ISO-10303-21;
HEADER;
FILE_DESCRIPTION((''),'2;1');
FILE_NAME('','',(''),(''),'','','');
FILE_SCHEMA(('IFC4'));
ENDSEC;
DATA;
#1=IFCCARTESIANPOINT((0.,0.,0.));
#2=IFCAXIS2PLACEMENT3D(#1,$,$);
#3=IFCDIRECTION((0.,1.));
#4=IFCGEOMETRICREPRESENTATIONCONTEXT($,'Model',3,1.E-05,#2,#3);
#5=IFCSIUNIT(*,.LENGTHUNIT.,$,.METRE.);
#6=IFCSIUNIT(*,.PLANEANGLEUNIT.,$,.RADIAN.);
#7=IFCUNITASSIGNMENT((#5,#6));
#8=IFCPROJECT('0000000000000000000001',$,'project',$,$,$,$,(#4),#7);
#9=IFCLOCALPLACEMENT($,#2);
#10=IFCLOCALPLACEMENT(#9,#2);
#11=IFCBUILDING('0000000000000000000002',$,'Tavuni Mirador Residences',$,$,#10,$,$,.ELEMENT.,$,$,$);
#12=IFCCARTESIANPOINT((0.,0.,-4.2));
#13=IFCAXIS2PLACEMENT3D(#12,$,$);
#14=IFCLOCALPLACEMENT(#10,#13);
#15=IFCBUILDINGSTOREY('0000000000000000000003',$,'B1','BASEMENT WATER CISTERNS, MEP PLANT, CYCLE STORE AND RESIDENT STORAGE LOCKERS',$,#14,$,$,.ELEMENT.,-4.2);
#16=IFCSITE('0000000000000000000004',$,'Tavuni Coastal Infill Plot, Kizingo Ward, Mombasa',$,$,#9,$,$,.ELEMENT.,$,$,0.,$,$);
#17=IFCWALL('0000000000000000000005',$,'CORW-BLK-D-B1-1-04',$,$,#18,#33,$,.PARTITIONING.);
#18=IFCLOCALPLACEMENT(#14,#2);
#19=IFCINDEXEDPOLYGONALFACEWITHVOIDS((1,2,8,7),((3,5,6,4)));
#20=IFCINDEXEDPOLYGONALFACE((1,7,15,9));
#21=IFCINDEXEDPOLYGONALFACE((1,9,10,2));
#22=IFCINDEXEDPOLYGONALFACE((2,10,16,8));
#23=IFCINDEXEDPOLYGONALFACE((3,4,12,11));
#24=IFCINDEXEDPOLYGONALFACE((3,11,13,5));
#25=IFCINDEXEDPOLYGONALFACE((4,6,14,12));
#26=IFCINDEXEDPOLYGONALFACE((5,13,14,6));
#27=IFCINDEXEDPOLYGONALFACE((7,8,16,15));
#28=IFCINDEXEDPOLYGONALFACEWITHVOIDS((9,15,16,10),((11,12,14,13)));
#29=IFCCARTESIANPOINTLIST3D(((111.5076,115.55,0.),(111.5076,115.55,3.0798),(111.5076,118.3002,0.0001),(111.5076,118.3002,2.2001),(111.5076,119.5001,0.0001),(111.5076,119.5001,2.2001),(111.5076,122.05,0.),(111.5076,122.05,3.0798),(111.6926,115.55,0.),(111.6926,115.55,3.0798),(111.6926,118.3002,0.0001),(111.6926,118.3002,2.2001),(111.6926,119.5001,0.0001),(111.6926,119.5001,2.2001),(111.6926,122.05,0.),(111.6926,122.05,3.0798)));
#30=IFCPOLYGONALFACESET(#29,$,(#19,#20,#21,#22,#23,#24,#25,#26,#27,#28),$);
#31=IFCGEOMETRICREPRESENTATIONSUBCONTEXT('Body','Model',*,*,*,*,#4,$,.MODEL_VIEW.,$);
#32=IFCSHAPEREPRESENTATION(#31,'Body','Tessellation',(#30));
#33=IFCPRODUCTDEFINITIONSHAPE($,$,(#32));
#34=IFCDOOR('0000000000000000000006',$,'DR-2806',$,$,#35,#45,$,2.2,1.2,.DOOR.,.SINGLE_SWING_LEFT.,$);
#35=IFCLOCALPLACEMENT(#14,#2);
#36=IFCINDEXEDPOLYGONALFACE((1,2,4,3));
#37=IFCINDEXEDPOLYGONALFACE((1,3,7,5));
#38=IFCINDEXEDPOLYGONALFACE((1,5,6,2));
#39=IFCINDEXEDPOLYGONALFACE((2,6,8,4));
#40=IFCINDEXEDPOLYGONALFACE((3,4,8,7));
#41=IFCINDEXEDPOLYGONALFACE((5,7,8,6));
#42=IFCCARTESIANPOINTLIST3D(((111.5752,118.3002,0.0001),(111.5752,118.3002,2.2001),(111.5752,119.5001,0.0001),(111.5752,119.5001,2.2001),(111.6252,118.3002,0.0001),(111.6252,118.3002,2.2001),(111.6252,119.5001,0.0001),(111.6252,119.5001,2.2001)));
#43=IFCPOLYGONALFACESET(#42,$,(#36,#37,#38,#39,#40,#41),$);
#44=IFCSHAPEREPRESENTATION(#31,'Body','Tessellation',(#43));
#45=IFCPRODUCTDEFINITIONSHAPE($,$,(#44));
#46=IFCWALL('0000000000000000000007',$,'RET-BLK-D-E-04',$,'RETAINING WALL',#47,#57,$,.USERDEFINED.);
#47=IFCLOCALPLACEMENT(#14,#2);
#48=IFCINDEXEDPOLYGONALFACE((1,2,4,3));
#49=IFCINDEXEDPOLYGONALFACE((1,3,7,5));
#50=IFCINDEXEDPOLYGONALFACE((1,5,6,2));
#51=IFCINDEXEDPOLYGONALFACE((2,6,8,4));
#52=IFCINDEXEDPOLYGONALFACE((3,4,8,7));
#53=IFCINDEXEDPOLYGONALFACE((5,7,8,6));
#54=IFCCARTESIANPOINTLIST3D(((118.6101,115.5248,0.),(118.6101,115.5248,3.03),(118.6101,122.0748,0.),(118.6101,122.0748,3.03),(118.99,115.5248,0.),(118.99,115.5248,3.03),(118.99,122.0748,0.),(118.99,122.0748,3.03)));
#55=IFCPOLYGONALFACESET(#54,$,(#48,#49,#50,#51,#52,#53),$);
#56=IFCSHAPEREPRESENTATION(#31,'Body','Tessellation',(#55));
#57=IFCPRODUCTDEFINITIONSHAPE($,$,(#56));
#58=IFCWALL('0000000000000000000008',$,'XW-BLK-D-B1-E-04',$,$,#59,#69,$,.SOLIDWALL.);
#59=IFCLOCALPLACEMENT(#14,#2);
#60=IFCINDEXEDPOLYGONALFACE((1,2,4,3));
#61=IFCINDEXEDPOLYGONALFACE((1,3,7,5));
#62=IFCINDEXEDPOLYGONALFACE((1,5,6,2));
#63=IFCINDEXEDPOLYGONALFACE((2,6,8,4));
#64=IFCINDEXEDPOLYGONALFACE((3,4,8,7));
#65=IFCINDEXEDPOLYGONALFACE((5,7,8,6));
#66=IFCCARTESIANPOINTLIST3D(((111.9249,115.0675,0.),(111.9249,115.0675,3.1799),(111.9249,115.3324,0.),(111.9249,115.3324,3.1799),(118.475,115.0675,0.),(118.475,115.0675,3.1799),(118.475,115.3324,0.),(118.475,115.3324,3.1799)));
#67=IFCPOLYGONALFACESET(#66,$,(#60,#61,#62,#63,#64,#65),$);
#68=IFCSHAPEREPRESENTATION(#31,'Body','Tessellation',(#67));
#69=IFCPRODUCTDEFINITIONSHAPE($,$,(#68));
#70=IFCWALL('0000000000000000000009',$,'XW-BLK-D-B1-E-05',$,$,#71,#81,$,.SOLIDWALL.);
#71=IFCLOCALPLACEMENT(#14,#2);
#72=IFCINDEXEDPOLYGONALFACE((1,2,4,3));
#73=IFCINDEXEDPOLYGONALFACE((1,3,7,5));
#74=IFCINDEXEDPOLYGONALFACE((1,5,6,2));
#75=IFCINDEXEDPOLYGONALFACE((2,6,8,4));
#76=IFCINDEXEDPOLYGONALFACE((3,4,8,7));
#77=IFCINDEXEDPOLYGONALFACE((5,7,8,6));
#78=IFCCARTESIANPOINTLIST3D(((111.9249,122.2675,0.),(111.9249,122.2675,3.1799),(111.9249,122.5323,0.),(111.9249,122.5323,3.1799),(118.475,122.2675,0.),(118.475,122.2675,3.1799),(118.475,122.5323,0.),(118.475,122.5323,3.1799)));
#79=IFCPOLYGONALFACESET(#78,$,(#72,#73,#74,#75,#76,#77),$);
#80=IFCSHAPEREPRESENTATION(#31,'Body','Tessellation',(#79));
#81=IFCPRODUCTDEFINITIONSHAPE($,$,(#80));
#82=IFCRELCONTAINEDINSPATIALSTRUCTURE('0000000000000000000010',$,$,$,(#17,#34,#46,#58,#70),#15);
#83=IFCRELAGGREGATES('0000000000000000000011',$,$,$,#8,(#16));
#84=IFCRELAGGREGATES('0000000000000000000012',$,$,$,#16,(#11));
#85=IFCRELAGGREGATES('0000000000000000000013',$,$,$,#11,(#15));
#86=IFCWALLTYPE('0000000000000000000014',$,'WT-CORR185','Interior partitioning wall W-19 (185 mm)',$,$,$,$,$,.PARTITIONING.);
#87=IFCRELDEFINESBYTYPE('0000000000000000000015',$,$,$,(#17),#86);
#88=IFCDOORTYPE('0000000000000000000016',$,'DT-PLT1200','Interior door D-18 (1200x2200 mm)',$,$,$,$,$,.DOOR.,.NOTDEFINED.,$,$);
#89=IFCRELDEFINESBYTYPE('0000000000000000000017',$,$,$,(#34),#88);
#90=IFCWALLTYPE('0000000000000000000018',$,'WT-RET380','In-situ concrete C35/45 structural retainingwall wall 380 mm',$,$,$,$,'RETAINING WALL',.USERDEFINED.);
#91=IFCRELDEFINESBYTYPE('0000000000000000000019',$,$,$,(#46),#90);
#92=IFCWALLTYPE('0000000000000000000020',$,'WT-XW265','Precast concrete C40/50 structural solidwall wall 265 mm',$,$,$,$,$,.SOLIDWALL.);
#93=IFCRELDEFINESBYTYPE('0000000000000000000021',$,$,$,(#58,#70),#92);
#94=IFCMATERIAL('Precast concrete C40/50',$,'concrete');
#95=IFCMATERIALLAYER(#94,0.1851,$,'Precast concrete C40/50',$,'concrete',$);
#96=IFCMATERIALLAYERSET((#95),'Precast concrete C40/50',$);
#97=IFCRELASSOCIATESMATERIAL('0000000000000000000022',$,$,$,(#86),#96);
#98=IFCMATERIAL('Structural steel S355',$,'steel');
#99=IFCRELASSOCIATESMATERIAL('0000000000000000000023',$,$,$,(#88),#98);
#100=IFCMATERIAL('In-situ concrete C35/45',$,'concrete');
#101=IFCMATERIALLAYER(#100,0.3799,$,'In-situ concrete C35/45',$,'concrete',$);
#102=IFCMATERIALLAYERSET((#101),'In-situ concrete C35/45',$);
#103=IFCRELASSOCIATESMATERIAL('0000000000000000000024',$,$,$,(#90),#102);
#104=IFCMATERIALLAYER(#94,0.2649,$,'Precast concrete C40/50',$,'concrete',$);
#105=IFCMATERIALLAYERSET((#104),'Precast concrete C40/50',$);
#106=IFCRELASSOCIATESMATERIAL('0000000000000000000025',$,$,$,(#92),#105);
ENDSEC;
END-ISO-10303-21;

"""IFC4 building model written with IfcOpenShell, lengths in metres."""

from ifc_helpers import new_model, si_unit, direction, frame, frame_2d, origin, place, context, subcontext, project, spatial, rectangle, extrude, material, layer, layer_set, type_object, element, fill, save


model = new_model("IFC4")

# Units and contexts
model_context = context("Model", 3, precision=1e-05, world=origin(), true_north=direction((0.0, 1.0)))
body_context = subcontext(model_context, "Body", "Model", "MODEL_VIEW")
ifc_project = project(units=[si_unit("LENGTHUNIT", "METRE"), si_unit("PLANEANGLEUNIT", "RADIAN")], contexts=[model_context])

# Site, building, storey
site_placement = place(None, origin())
site = spatial("IfcSite", under=ifc_project, at=site_placement, Name="Tavuni Coastal Infill Plot, Kizingo Ward, Mombasa", CompositionType="ELEMENT", RefElevation=0.0)
building_placement = place(site_placement, origin())
building = spatial("IfcBuilding", under=site, at=building_placement, Name="Tavuni Mirador Residences", CompositionType="ELEMENT")
storey_placement = place(building_placement, frame((0.0, 0.0, -4.2)))
storey = spatial("IfcBuildingStorey", under=building, at=storey_placement, Name="B1", Description="BASEMENT WATER CISTERNS, MEP PLANT, CYCLE STORE AND RESIDENT STORAGE LOCKERS", CompositionType="ELEMENT", Elevation=-4.2)

# Shared definitions
ifc_material_1 = material(Name="In-situ concrete C35/45", Category="concrete")

# Shared definitions
ifc_material_2 = material(Name="Precast concrete C40/50", Category="concrete")

# Wall, opening, door
ifc_layer_1 = layer(ifc_material_2, 0.1851, Name="Precast concrete C40/50", Category="concrete")
ifc_layer_set_1 = layer_set([ifc_layer_1], Name="Precast concrete C40/50")
wall_type_1 = type_object("IfcWallType", Name="WT-CORR185", Description="Interior partitioning wall W-19 (185 mm)", PredefinedType="PARTITIONING", material=ifc_layer_set_1)
wall_1_placement = place(storey_placement, frame((111.6001, 115.55, 0.0), z_axis=(0.0, 0.0, 1.0), x_axis=(0.0, 1.0, 0.0)))
wall_1 = element("IfcWall", 1, at=wall_1_placement, inside=storey, type_object=wall_type_1, Name="CORW-BLK-D-B1-1-04", PredefinedType="PARTITIONING", context=body_context, shape_type="SweptSolid", body=[
    extrude(rectangle(XDim=6.5, YDim=0.1851, at=frame_2d((3.25, 0.0))), origin(), (0.0, 0.0, 1.0), 3.0798),
])
opening_placement = place(wall_1_placement, frame((2.75, 0.0, 0.0)))
opening = element("IfcOpeningElement", 2, at=opening_placement, cuts=wall_1, PredefinedType="OPENING", context=body_context, shape_type="SweptSolid", body=[
    extrude(rectangle(XDim=1.2, YDim=2.2, at=frame_2d((0.6001, 1.1001))), frame((0.0, 0.1025, 0.0), z_axis=(0.0, -1.0, 0.0), x_axis=(1.0, 0.0, 0.0)), (0.0, 0.0, 1.0), 0.2051),
])
ifc_material_3 = material(Name="Structural steel S355", Category="steel")
door_type = type_object("IfcDoorType", Name="DT-PLT1200", Description="Interior door D-18 (1200x2200 mm)", OperationType="NOTDEFINED", PredefinedType="DOOR", material=ifc_material_3)
door_placement = place(opening_placement, origin())
door = element("IfcDoor", 3, at=door_placement, inside=storey, type_object=door_type, Name="DR-2806", OperationType="SINGLE_SWING_LEFT", OverallHeight=2.2, OverallWidth=1.2, PredefinedType="DOOR", context=body_context, shape_type="SweptSolid", body=[
    extrude(rectangle(XDim=1.2, YDim=2.2, at=frame_2d((0.6001, 1.1001))), frame((0.0, 0.0249, 0.0), z_axis=(0.0, -1.0, 0.0), x_axis=(1.0, 0.0, 0.0)), (0.0, 0.0, 1.0), 0.05),
])
fill(opening, door)

# Walls
ifc_layer_2 = layer(ifc_material_1, 0.3799, Name="In-situ concrete C35/45", Category="concrete")
ifc_layer_set_2 = layer_set([ifc_layer_2], Name="In-situ concrete C35/45")
wall_type_2 = type_object("IfcWallType", Name="WT-RET380", Description="In-situ concrete C35/45 structural retainingwall wall 380 mm", ElementType="RETAINING WALL", PredefinedType="USERDEFINED", material=ifc_layer_set_2)
wall_2_placement = place(storey_placement, frame((118.8, 115.5249, 0.0), z_axis=(0.0, 0.0, 1.0), x_axis=(0.0, 1.0, 0.0)))
element("IfcWall", 4, at=wall_2_placement, inside=storey, type_object=wall_type_2, Name="RET-BLK-D-E-04", ObjectType="RETAINING WALL", PredefinedType="USERDEFINED", context=body_context, shape_type="SweptSolid", body=[
    extrude(rectangle(XDim=6.55, YDim=0.3799, at=frame_2d((3.2749, 0.0))), origin(), (0.0, 0.0, 1.0), 3.03),
])
ifc_layer_3 = layer(ifc_material_2, 0.2649, Name="Precast concrete C40/50", Category="concrete")
ifc_layer_set_3 = layer_set([ifc_layer_3], Name="Precast concrete C40/50")
wall_type_3 = type_object("IfcWallType", Name="WT-XW265", Description="Precast concrete C40/50 structural solidwall wall 265 mm", PredefinedType="SOLIDWALL", material=ifc_layer_set_3)
for number, where, z_axis, x_axis, name in (
    (5, (111.925, 115.2, 0.0), (0.0, 0.0, 1.0), (1.0, 0.0, 0.0), "XW-BLK-D-B1-E-04"),
    (6, (111.925, 122.3999, 0.0), (0.0, 0.0, 1.0), (1.0, 0.0, 0.0), "XW-BLK-D-B1-E-05"),
):
    element("IfcWall", number, at=place(storey_placement, frame(where, z_axis=z_axis, x_axis=x_axis)), inside=storey, type_object=wall_type_3, Name=name, PredefinedType="SOLIDWALL", context=body_context, shape_type="SweptSolid", body=[
        extrude(rectangle(XDim=6.55, YDim=0.2649, at=frame_2d((3.2749, 0.0))), origin(), (0.0, 0.0, 1.0), 3.1799),
    ])

save(model, "model.ifc")
